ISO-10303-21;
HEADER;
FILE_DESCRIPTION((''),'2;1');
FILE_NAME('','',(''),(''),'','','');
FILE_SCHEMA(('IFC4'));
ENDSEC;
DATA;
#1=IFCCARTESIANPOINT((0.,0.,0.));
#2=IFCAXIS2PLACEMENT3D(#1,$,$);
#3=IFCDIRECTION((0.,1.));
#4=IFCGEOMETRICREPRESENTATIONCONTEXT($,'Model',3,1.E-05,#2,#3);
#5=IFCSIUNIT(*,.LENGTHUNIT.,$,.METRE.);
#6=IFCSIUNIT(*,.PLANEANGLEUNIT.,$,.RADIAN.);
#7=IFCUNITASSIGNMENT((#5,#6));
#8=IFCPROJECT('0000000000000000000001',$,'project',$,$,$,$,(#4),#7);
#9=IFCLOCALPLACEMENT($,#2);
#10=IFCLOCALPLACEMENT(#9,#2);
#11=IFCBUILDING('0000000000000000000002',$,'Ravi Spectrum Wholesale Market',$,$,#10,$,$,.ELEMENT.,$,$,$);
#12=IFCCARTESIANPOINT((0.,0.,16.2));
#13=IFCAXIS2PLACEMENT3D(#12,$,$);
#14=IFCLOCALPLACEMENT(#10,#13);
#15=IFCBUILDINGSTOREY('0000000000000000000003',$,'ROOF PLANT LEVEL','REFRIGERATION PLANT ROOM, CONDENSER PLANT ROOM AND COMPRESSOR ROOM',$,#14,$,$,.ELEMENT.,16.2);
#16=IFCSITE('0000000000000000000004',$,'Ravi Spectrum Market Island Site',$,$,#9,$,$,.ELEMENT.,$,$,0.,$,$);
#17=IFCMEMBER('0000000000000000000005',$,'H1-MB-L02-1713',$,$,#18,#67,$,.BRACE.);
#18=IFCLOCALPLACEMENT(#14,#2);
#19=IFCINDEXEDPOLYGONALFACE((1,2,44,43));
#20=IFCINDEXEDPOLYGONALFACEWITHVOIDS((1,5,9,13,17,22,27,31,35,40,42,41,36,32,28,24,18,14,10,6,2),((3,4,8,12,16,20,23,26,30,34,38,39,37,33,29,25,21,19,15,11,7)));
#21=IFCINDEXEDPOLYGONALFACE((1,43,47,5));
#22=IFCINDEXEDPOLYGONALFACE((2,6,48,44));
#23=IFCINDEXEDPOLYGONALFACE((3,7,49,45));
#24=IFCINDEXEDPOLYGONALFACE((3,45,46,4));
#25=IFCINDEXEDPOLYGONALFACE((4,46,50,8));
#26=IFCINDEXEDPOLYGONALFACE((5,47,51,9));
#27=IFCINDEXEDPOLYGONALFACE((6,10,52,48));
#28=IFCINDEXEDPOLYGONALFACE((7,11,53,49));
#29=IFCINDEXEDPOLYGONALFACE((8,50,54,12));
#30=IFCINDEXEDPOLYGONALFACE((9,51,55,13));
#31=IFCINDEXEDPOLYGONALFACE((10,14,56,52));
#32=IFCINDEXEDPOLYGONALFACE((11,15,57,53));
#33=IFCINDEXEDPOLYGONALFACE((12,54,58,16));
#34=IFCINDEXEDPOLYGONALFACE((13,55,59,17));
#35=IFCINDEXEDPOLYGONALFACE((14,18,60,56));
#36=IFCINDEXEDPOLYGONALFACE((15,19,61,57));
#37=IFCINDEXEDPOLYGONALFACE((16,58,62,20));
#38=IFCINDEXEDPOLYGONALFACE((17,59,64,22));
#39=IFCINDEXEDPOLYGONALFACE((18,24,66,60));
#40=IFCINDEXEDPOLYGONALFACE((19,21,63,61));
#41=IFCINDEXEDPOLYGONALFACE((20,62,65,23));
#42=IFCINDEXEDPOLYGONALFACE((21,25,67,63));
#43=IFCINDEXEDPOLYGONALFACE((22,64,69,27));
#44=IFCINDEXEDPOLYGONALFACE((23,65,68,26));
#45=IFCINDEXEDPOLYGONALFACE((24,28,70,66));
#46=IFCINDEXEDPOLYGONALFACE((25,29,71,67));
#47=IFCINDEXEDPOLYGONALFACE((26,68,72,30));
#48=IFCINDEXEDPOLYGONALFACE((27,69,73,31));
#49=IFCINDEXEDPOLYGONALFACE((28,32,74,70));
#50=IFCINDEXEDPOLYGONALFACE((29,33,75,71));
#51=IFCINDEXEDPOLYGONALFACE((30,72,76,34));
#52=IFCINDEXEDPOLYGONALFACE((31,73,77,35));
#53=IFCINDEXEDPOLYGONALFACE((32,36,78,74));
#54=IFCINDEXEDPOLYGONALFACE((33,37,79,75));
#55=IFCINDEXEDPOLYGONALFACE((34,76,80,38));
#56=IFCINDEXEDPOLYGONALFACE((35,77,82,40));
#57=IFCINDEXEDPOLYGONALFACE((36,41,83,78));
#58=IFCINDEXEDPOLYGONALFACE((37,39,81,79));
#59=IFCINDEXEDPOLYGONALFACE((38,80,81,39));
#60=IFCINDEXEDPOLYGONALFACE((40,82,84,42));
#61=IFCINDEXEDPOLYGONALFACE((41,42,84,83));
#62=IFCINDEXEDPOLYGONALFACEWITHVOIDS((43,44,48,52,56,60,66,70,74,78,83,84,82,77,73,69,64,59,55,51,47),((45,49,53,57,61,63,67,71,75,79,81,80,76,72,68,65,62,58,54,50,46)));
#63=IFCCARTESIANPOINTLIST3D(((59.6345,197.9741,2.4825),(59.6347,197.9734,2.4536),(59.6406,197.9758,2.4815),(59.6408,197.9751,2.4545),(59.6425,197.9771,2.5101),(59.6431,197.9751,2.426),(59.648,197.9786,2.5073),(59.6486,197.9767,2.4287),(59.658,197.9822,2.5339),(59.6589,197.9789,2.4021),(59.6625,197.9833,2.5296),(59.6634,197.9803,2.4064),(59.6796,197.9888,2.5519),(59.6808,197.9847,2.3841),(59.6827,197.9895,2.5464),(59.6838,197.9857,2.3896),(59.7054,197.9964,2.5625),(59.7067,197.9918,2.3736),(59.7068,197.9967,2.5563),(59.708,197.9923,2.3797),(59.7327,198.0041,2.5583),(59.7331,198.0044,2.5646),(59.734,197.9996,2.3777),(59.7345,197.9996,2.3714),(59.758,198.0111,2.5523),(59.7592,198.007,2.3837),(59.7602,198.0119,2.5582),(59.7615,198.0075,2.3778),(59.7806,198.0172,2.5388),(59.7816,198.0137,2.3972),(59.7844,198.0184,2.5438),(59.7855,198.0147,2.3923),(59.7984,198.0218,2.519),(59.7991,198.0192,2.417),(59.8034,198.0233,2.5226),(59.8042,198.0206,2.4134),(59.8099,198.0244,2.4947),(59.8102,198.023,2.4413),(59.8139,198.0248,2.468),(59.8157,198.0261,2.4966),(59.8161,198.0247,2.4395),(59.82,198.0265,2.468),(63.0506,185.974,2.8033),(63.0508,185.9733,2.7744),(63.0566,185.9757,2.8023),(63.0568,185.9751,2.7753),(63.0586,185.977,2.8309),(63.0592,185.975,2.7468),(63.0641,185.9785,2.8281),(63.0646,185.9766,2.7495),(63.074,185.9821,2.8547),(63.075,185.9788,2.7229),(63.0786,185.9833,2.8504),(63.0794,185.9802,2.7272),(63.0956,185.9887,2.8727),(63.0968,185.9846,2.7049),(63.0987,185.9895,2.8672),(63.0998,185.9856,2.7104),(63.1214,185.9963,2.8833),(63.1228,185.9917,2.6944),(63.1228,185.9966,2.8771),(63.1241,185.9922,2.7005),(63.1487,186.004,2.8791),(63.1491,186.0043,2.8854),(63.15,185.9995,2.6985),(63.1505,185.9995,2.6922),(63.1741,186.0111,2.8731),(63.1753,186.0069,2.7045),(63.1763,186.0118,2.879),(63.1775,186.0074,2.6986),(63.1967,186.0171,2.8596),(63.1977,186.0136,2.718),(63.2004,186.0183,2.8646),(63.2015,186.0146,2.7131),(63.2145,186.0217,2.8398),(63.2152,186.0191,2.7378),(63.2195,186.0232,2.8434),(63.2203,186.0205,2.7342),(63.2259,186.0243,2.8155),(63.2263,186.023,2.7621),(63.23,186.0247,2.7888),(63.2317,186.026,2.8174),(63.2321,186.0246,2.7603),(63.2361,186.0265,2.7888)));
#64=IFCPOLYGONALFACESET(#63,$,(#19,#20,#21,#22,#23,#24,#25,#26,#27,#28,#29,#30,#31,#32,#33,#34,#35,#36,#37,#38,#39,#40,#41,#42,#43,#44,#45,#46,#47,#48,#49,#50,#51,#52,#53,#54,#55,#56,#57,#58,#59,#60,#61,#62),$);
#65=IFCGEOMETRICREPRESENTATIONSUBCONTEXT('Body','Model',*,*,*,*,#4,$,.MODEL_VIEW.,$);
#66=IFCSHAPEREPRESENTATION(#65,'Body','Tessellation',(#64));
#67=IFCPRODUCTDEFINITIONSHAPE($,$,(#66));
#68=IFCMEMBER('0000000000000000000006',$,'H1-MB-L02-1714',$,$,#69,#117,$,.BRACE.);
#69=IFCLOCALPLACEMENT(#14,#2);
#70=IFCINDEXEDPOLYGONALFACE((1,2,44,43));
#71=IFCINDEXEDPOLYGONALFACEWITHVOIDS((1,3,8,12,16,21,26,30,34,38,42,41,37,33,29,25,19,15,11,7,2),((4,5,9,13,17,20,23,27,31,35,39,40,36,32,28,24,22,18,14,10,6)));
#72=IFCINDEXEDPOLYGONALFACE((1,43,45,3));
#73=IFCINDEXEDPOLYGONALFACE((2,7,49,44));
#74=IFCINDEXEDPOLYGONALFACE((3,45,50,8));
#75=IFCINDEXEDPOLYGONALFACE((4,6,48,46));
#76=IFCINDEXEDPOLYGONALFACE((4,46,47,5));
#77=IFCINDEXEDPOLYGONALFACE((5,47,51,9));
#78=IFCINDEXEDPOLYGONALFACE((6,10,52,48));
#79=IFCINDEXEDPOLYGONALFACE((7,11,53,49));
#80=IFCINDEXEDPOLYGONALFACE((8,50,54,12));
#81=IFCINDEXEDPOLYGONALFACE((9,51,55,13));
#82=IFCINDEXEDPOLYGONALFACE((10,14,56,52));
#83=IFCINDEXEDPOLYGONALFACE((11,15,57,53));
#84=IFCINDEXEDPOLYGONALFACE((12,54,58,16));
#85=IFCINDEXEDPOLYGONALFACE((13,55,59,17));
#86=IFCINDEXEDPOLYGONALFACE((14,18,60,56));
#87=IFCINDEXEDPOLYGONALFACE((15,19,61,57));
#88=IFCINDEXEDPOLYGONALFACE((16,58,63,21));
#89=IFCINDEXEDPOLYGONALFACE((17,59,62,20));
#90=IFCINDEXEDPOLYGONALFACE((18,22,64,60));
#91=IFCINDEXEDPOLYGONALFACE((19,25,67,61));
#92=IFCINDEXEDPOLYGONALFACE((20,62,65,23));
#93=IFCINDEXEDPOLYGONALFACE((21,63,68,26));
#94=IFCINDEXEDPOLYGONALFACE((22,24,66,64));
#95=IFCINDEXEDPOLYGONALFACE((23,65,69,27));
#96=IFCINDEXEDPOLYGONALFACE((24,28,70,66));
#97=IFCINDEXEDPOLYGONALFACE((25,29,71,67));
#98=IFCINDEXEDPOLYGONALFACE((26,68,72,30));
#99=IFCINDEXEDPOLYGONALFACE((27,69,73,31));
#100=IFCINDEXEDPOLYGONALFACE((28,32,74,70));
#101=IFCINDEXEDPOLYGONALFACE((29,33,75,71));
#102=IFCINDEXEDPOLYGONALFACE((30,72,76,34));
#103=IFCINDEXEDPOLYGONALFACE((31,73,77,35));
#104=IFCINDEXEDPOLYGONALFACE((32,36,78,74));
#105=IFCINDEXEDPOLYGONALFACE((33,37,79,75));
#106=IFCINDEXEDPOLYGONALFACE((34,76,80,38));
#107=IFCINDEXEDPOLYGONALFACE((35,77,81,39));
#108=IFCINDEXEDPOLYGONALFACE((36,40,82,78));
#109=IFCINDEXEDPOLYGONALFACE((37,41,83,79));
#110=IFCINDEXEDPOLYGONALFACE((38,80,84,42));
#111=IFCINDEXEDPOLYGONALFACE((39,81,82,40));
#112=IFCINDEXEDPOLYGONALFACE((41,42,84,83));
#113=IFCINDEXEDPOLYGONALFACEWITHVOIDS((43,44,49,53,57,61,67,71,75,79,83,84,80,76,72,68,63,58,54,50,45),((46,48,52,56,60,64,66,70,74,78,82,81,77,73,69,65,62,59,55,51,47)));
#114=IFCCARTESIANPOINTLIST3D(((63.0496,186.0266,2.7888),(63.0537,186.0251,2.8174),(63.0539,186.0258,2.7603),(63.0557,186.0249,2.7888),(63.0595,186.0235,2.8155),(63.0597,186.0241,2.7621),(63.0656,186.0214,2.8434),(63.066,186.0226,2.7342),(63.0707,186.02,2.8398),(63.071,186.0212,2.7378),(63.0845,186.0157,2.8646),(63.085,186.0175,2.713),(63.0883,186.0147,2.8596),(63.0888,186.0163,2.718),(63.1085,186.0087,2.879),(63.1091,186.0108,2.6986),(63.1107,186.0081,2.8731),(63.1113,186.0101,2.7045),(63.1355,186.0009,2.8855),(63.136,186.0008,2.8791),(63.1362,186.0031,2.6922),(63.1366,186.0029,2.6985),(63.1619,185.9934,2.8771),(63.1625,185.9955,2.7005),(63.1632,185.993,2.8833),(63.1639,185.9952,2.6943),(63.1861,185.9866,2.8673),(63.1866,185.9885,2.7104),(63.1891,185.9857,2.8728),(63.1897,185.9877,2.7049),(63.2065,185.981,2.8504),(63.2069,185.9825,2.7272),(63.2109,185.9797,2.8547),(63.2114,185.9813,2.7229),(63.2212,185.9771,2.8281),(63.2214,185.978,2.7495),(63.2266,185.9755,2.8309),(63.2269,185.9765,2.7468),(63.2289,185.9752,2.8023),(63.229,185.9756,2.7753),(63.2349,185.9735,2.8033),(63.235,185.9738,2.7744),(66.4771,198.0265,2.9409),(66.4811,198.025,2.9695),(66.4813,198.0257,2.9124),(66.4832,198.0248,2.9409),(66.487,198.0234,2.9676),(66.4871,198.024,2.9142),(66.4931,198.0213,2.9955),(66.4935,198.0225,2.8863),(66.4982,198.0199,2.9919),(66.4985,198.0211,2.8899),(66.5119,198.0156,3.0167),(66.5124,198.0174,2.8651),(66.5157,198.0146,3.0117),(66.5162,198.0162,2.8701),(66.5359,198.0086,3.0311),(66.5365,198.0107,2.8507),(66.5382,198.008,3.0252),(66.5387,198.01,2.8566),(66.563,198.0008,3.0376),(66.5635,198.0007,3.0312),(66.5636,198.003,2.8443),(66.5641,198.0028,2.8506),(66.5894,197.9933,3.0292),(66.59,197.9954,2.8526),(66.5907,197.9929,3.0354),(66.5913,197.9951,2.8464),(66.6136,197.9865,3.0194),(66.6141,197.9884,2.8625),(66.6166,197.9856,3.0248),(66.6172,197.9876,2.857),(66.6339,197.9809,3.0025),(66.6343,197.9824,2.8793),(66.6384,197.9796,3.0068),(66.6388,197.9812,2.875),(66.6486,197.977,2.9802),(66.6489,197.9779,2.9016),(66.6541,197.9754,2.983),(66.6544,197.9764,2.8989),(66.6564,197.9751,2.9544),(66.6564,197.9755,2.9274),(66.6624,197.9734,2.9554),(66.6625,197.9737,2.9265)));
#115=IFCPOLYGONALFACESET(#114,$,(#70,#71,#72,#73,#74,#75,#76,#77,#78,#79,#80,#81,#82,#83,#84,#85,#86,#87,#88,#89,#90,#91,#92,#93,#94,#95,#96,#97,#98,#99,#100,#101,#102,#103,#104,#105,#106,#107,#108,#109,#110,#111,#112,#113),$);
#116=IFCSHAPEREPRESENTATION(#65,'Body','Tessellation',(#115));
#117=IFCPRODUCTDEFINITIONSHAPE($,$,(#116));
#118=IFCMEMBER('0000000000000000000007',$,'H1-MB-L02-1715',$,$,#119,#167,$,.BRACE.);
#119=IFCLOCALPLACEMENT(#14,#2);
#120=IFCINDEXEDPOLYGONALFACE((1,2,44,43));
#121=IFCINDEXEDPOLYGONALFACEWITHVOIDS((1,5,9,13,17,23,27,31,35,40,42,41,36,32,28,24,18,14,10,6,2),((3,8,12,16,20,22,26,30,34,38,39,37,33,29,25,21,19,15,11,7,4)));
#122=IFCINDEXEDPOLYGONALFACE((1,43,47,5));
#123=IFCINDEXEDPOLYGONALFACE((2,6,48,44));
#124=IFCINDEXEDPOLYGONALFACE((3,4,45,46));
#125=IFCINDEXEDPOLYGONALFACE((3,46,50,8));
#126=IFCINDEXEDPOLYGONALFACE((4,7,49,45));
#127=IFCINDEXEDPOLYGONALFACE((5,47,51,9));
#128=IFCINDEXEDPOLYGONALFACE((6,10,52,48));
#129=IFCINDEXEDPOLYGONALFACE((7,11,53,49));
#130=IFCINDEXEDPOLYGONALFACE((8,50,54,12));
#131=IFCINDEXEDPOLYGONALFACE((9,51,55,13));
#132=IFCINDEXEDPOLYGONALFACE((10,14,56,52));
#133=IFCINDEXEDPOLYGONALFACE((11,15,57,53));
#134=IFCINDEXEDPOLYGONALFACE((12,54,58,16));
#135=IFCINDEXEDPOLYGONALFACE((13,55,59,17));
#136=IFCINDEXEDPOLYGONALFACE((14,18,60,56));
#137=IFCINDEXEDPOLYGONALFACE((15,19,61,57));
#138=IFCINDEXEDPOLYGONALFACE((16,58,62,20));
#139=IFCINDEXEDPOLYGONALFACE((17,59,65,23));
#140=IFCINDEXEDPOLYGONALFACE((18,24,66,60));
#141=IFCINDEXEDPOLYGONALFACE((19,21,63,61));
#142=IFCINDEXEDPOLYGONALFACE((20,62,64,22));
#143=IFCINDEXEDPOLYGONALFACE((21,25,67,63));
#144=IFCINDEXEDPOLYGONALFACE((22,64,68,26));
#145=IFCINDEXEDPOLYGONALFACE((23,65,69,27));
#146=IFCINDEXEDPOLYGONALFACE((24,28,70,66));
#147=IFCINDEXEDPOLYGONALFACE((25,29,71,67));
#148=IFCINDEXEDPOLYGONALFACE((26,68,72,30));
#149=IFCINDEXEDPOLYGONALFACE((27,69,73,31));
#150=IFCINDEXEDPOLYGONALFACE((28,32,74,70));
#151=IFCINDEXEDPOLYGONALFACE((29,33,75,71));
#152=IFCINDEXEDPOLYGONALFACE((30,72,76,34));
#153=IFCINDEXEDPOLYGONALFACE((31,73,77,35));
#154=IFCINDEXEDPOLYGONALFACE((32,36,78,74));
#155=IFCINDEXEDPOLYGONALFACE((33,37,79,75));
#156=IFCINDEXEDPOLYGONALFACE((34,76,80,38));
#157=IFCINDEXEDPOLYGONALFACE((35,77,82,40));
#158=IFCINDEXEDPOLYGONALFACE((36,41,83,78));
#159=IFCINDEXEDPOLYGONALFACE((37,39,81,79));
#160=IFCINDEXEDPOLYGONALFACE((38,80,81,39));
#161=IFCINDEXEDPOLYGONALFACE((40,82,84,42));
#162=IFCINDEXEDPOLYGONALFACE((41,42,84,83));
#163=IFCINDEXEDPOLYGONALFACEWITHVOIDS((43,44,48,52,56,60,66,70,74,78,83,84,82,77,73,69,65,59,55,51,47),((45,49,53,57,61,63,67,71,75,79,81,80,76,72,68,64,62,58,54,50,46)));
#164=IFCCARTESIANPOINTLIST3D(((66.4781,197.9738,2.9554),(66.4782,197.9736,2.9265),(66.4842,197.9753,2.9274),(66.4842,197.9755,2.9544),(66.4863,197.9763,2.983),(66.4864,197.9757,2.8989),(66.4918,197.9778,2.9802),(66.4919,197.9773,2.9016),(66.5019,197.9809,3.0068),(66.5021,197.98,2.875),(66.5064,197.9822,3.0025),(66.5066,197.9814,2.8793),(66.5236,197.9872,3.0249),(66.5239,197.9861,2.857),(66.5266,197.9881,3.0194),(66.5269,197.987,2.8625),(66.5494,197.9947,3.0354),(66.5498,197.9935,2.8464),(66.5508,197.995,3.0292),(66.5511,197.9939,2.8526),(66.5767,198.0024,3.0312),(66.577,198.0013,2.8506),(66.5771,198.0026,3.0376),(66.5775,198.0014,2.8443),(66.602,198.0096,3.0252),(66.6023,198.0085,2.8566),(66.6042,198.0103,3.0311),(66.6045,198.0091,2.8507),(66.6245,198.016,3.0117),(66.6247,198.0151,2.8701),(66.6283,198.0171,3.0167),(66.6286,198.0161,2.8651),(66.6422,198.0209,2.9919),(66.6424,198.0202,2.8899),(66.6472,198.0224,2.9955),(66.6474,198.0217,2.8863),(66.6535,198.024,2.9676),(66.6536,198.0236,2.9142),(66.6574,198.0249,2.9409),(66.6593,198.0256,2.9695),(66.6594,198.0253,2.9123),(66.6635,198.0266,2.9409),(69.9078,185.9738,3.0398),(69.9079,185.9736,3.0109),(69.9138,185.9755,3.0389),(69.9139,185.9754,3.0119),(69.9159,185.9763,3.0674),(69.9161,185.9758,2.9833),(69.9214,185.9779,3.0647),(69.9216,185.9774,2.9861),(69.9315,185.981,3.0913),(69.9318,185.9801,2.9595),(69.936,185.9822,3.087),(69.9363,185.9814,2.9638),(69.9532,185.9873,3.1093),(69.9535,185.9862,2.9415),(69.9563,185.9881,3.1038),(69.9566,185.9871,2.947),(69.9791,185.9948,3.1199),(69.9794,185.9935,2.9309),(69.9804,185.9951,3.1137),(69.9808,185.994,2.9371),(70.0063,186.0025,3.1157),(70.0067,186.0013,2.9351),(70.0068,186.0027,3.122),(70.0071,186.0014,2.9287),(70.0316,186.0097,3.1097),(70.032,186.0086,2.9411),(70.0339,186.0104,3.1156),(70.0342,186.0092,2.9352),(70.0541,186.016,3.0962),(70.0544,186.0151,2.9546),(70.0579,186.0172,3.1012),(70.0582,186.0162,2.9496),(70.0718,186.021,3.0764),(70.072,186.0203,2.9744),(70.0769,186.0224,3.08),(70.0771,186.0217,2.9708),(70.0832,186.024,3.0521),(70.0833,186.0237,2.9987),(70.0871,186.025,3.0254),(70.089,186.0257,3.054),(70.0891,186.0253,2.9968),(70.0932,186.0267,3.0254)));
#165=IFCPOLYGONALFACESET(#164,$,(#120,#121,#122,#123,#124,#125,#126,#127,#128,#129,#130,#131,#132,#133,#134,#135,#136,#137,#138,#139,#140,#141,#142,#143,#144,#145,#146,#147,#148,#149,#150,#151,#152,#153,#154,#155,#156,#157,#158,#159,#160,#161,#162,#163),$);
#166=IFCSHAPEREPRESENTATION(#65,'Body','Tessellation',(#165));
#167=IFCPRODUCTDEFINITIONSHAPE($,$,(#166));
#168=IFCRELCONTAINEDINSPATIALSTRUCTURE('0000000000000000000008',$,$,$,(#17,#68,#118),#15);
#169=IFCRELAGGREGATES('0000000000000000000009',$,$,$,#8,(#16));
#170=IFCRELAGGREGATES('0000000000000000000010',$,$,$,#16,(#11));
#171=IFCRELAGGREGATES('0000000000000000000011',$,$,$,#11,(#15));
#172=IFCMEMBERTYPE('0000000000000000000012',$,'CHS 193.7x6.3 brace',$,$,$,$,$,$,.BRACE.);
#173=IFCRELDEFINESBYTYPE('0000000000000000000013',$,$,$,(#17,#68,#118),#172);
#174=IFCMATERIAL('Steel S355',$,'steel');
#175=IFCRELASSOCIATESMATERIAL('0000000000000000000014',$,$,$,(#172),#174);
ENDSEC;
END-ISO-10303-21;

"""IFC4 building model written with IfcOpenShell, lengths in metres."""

from ifc_helpers import new_model, si_unit, direction, frame, origin, origin_2d, place, context, subcontext, project, spatial, hollow_circle, extrude, material, material_profile, profile_set, type_object, element, save


model = new_model("IFC4")

# Units and contexts
model_context = context("Model", 3, precision=1e-05, world=origin(), true_north=direction((0.0, 1.0)))
body_context = subcontext(model_context, "Body", "Model", "MODEL_VIEW")
ifc_project = project(units=[si_unit("LENGTHUNIT", "METRE"), si_unit("PLANEANGLEUNIT", "RADIAN")], contexts=[model_context])

# Site, building, storey
site_placement = place(None, origin())
site = spatial("IfcSite", under=ifc_project, at=site_placement, Name="Ravi Spectrum Market Island Site", CompositionType="ELEMENT", RefElevation=0.0)
building_placement = place(site_placement, origin())
building = spatial("IfcBuilding", under=site, at=building_placement, Name="Ravi Spectrum Wholesale Market", CompositionType="ELEMENT")
storey_placement = place(building_placement, frame((0.0, 0.0, 16.2)))
storey = spatial("IfcBuildingStorey", under=building, at=storey_placement, Name="ROOF PLANT LEVEL", Description="REFRIGERATION PLANT ROOM, CONDENSER PLANT ROOM AND COMPRESSOR ROOM", CompositionType="ELEMENT", Elevation=16.2)

# Members
ifc_material_1 = material(Name="Steel S355", Category="steel")
ifc_material_profile_1 = material_profile(ifc_material_1, hollow_circle(Radius=0.0969, WallThickness=0.0063, at=origin_2d()))
ifc_profile_set_1 = profile_set([ifc_material_profile_1], Name="Steel S355")
member_type_1 = type_object("IfcMemberType", Name="CHS 193.7x6.3 brace", PredefinedType="BRACE", material=ifc_profile_set_1)
member_1_placement = place(storey_placement, frame((59.7268, 198.0, 2.468), z_axis=(0.2737, -0.961472, 0.025703), x_axis=(0.961789, 0.273791, 0.0)))
element("IfcMember", 1, at=member_1_placement, inside=storey, type_object=member_type_1, Name="H1-MB-L02-1713", PredefinedType="BRACE", context=body_context, shape_type="SweptSolid", body=[
    extrude(hollow_circle(Radius=0.0969, WallThickness=0.0063, at=origin_2d()), origin(), (0.0, 0.0, 1.0), 12.481),
])
for number, where, z_axis, x_axis, name in (
    (2, (63.1428, 186.0, 2.7888), (0.274621, 0.961475, 0.012187), (-0.961547, 0.274641, 0.0), "H1-MB-L02-1714"),
    (3, (66.5703, 198.0, 2.9409), (0.274798, -0.961478, 0.006768), (0.9615, 0.274804, 0.0), "H1-MB-L02-1715"),
):
    element("IfcMember", number, at=place(storey_placement, frame(where, z_axis=z_axis, x_axis=x_axis)), inside=storey, type_object=member_type_1, Name=name, PredefinedType="BRACE", context=body_context, shape_type="SweptSolid", body=[
        extrude(hollow_circle(Radius=0.0969, WallThickness=0.0063, at=origin_2d()), origin(), (0.0, 0.0, 1.0), 12.4807),
    ])

save(model, "model.ifc")
